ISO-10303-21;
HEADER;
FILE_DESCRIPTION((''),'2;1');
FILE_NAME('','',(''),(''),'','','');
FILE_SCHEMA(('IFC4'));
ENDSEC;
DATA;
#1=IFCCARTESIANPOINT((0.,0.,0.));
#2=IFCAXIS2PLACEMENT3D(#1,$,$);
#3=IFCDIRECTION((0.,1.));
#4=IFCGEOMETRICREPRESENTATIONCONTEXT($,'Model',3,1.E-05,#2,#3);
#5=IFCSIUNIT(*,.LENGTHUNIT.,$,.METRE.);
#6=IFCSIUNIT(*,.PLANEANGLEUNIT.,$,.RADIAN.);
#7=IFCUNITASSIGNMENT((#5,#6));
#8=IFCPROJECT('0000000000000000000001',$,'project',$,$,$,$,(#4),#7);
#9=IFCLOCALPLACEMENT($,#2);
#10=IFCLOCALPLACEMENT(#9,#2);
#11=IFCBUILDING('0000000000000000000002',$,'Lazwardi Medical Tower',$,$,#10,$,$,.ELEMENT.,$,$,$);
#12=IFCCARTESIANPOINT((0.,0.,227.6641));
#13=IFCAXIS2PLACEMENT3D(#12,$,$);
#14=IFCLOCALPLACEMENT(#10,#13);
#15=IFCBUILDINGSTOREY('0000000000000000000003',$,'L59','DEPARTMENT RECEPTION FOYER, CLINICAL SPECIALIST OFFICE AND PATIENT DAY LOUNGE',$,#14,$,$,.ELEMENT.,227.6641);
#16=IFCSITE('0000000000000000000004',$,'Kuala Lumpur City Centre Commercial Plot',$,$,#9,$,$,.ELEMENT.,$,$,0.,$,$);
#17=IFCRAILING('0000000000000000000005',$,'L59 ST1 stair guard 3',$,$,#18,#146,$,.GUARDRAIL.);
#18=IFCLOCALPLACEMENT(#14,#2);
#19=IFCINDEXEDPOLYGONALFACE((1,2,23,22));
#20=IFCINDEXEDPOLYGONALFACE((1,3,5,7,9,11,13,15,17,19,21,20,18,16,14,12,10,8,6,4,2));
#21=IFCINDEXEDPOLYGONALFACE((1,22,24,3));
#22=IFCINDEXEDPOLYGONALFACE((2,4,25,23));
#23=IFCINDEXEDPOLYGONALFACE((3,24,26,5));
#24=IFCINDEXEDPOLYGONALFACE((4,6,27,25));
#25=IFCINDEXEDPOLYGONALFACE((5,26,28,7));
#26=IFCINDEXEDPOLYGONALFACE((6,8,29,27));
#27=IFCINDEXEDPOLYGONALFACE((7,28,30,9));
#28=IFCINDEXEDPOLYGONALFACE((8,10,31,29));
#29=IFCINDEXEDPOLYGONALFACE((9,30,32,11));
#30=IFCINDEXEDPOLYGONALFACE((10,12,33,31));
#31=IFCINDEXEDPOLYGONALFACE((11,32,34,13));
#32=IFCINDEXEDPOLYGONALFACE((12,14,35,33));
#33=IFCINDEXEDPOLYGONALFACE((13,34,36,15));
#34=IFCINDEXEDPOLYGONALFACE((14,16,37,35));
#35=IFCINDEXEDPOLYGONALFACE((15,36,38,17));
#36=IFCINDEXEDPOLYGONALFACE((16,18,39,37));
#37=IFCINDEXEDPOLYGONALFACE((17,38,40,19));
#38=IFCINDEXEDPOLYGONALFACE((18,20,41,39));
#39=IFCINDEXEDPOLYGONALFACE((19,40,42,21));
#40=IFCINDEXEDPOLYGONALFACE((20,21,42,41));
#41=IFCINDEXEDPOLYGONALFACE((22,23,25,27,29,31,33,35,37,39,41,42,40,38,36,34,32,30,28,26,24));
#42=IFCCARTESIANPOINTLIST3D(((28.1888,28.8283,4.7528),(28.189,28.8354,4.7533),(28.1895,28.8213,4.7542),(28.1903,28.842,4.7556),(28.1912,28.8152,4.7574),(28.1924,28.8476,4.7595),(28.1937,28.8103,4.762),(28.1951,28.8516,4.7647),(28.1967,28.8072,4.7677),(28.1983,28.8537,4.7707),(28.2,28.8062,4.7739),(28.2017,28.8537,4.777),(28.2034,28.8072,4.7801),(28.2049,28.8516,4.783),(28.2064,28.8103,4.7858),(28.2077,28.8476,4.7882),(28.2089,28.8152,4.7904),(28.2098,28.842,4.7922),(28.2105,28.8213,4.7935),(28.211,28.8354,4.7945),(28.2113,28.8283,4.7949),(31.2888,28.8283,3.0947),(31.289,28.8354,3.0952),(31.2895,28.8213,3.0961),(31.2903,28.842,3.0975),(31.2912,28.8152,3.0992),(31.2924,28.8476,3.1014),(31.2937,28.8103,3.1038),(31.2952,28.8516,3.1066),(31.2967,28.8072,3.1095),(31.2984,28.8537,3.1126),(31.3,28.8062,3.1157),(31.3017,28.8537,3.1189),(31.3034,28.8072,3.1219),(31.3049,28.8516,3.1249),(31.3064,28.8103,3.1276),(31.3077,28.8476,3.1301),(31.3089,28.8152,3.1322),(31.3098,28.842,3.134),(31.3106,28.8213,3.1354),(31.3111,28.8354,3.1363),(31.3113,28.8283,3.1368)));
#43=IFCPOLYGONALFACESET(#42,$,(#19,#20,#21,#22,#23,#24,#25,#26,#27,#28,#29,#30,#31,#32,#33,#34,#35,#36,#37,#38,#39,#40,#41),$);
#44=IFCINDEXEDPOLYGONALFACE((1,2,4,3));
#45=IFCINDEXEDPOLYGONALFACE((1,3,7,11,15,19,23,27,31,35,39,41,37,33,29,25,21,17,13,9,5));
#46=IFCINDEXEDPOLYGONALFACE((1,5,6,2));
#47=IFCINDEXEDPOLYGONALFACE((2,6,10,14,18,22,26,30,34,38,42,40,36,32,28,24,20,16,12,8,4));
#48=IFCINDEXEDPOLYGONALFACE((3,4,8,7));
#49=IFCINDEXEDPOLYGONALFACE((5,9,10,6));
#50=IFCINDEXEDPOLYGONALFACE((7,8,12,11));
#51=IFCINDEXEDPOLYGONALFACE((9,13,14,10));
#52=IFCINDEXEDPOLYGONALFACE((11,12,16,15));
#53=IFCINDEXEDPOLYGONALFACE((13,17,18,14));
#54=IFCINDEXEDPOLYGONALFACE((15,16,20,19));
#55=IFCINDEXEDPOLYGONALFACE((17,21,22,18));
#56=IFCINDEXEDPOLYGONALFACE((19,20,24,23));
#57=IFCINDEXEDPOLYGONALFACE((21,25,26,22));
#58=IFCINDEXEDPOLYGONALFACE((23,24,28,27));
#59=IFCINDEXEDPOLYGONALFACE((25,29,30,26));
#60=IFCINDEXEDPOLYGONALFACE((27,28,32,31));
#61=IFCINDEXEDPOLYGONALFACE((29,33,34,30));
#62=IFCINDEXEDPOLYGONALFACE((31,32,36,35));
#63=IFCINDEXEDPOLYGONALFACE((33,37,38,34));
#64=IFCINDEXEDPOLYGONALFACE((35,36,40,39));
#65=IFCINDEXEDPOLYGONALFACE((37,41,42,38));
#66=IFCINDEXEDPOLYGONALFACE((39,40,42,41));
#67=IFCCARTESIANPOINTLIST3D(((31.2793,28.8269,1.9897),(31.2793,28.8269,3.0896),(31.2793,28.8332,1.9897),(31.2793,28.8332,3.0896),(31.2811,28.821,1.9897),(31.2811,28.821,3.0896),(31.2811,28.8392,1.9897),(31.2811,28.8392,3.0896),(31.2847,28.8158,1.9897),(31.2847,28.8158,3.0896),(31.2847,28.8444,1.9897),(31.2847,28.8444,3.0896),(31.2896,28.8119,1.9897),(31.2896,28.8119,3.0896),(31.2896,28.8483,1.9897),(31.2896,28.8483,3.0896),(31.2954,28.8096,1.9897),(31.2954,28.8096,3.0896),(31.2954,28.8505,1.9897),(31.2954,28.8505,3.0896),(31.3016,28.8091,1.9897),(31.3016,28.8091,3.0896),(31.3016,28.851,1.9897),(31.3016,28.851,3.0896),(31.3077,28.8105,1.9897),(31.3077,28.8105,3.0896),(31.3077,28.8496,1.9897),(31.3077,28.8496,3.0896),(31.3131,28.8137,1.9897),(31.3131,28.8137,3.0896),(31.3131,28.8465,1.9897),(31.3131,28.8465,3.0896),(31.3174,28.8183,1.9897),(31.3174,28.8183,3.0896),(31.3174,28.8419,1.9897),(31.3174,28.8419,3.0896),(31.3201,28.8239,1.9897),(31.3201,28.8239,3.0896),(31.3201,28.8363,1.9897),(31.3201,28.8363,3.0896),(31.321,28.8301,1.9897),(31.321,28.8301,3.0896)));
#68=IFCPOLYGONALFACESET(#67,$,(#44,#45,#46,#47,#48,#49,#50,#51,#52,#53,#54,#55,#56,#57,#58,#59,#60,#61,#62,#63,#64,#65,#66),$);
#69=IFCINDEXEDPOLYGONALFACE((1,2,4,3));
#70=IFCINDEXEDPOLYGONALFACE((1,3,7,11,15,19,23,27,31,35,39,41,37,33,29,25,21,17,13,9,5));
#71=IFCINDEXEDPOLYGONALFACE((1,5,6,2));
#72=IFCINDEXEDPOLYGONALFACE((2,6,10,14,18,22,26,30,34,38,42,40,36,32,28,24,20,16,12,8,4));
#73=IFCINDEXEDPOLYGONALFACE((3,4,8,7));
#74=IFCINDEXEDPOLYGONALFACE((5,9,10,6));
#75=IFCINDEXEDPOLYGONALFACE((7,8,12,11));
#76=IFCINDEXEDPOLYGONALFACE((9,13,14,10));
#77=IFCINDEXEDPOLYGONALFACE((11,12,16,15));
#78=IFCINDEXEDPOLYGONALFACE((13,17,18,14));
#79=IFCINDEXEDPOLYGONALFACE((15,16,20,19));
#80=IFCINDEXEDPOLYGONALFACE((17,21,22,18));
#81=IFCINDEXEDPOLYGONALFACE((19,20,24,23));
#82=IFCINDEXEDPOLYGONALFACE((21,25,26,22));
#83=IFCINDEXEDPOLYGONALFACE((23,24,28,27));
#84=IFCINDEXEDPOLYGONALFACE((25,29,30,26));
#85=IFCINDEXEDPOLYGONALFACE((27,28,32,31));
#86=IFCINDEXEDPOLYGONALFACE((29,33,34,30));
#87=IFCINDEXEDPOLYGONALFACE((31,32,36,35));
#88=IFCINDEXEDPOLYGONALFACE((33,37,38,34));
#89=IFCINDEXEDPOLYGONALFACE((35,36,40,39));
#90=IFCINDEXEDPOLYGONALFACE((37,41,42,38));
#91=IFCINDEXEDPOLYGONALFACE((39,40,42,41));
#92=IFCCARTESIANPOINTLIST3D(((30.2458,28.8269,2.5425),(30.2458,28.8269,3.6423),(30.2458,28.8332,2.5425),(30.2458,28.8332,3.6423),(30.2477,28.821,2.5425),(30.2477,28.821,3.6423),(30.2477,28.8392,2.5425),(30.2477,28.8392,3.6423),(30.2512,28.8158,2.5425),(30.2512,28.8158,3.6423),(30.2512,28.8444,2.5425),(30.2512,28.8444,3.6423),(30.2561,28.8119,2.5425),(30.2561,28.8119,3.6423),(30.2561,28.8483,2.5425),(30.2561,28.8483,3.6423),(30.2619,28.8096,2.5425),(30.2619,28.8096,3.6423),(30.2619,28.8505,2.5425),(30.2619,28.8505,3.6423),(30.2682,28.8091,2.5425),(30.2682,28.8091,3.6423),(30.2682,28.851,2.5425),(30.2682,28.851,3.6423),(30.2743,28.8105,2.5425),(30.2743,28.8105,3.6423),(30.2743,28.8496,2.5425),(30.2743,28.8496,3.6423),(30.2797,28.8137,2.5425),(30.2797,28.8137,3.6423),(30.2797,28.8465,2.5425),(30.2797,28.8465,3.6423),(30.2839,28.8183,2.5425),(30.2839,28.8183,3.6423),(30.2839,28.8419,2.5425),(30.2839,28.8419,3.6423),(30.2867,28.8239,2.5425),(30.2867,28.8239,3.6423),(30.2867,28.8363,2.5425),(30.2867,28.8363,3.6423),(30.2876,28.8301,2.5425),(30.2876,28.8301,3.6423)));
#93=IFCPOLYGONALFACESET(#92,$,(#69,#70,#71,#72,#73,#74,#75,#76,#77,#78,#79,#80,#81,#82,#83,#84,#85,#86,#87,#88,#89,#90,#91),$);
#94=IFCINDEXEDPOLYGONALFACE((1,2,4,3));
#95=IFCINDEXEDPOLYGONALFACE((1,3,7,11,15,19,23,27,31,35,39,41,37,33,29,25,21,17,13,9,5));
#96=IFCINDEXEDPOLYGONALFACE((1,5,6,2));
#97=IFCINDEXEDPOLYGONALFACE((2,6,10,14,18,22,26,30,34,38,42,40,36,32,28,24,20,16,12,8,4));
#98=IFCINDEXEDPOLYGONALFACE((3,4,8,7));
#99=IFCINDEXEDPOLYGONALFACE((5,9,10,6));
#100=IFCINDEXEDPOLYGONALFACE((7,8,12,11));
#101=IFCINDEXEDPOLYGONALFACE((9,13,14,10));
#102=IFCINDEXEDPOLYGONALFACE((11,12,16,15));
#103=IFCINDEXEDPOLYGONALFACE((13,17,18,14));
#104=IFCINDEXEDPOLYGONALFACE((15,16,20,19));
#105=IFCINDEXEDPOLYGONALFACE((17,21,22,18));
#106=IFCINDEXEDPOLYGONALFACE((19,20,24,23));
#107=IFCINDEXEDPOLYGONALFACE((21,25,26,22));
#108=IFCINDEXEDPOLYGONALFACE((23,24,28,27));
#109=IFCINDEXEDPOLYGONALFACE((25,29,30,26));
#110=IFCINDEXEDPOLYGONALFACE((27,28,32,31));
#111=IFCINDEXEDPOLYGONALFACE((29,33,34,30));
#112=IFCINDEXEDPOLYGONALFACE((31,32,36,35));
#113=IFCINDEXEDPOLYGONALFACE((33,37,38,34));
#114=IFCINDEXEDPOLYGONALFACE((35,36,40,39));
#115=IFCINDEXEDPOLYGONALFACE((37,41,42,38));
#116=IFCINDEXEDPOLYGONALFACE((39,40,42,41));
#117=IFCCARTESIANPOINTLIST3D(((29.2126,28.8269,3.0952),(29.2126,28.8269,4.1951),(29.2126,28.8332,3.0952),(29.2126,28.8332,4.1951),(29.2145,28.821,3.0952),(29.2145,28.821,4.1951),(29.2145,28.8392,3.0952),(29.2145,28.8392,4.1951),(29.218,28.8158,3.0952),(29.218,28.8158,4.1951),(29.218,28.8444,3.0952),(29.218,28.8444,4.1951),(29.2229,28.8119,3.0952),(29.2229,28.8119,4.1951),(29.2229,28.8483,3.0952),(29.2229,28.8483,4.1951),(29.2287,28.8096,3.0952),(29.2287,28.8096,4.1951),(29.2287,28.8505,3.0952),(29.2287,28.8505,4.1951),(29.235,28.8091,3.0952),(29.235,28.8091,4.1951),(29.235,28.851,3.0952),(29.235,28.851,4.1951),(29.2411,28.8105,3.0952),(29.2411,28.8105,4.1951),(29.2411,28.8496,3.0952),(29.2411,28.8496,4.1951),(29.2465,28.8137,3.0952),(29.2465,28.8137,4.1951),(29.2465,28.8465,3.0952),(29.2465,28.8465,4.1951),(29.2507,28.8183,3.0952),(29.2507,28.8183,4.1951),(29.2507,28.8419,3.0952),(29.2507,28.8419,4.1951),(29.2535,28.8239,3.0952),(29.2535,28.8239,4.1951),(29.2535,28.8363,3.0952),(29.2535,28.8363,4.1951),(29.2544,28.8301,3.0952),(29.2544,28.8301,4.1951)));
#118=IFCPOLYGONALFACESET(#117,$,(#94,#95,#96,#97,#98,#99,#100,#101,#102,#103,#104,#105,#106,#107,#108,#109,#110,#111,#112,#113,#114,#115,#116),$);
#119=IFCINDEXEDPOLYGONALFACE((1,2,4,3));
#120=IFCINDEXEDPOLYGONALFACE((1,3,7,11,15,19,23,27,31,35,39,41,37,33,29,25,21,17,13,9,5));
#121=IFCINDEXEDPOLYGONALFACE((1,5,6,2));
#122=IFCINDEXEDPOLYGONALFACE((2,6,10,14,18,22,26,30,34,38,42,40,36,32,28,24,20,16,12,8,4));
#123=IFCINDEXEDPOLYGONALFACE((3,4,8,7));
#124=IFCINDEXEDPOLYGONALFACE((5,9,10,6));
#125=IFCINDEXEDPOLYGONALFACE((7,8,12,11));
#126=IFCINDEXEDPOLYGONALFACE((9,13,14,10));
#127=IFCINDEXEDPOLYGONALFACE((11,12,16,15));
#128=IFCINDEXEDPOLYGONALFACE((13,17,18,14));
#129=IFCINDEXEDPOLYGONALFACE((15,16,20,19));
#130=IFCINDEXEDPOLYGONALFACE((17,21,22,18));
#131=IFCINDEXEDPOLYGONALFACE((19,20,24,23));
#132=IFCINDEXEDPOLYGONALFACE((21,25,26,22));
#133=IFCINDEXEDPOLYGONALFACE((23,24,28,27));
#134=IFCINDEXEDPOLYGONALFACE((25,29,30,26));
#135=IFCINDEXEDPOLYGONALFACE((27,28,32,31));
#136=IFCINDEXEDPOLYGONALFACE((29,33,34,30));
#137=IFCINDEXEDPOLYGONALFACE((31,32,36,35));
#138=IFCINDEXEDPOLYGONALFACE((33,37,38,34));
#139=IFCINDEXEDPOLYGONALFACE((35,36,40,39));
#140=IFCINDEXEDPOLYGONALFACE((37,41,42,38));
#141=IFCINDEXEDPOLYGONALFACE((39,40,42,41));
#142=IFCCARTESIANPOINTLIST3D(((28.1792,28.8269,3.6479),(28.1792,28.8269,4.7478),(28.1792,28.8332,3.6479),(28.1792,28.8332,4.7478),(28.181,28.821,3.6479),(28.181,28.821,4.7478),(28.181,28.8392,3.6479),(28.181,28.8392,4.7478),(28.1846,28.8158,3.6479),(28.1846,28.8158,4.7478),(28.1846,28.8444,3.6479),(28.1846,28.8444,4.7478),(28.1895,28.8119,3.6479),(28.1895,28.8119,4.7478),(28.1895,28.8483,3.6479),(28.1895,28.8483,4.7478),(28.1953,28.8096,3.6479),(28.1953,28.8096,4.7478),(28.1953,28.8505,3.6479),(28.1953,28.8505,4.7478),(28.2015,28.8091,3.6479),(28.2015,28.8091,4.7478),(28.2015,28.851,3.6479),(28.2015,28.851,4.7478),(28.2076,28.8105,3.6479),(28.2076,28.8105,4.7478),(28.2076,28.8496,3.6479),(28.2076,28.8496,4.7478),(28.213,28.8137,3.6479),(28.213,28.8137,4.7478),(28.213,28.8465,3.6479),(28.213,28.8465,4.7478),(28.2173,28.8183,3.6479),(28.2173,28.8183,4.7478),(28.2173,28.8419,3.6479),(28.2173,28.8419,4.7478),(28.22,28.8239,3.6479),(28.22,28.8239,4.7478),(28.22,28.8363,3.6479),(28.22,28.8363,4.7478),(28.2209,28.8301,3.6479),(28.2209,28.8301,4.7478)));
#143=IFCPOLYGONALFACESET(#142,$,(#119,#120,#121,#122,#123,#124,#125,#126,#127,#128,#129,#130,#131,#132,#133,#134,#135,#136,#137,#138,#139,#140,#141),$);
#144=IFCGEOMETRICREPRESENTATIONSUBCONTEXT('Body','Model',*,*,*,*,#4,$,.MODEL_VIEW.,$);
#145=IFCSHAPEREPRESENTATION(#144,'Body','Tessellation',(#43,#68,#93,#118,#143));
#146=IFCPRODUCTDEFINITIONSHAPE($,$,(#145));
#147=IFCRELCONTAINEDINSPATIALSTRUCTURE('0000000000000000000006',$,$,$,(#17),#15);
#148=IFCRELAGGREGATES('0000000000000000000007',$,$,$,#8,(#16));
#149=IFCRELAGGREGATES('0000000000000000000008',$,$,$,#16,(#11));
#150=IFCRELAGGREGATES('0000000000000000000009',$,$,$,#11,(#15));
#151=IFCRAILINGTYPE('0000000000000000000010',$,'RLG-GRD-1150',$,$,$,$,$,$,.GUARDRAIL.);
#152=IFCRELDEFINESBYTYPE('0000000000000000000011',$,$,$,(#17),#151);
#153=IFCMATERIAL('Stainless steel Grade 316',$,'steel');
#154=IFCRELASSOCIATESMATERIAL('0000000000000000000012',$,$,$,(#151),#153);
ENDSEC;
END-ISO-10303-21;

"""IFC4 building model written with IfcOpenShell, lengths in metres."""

from ifc_helpers import new_model, si_unit, direction, frame, origin, origin_2d, place, context, subcontext, project, spatial, circle, extrude, material, type_object, element, save


model = new_model("IFC4")

# Units and contexts
model_context = context("Model", 3, precision=1e-05, world=origin(), true_north=direction((0.0, 1.0)))
body_context = subcontext(model_context, "Body", "Model", "MODEL_VIEW")
ifc_project = project(units=[si_unit("LENGTHUNIT", "METRE"), si_unit("PLANEANGLEUNIT", "RADIAN")], contexts=[model_context])

# Site, building, storey
site_placement = place(None, origin())
site = spatial("IfcSite", under=ifc_project, at=site_placement, Name="Kuala Lumpur City Centre Commercial Plot", CompositionType="ELEMENT", RefElevation=0.0)
building_placement = place(site_placement, origin())
building = spatial("IfcBuilding", under=site, at=building_placement, Name="Lazwardi Medical Tower", CompositionType="ELEMENT")
storey_placement = place(building_placement, frame((0.0, 0.0, 227.6641)))
storey = spatial("IfcBuildingStorey", under=building, at=storey_placement, Name="L59", Description="DEPARTMENT RECEPTION FOYER, CLINICAL SPECIALIST OFFICE AND PATIENT DAY LOUNGE", CompositionType="ELEMENT", Elevation=227.6641)

# Railing
ifc_material_1 = material(Name="Stainless steel Grade 316", Category="steel")
railing_type_1 = type_object("IfcRailingType", Name="RLG-GRD-1150", PredefinedType="GUARDRAIL", material=ifc_material_1)
railing_1_placement = place(storey_placement, frame((31.3, 28.8301, 1.9897)))
element("IfcRailing", 1, at=railing_1_placement, inside=storey, type_object=railing_type_1, Name="L59 ST1 stair guard 3", PredefinedType="GUARDRAIL", context=body_context, shape_type="SweptSolid", body=[
    extrude(circle(Radius=0.0239, at=origin_2d()), frame((0.0, 0.0, 1.126), z_axis=(-0.881783, 0.0, 0.471655), x_axis=(0.0, -1.0, 0.0)), (0.0, 0.0, 1.0), 3.5156),
    extrude(circle(Radius=0.021, at=origin_2d()), origin(), (0.0, 0.0, 1.0), 1.0999),
    extrude(circle(Radius=0.021, at=origin_2d()), frame((-1.0334, 0.0, 0.5527)), (0.0, 0.0, 1.0), 1.0999),
    extrude(circle(Radius=0.021, at=origin_2d()), frame((-2.0667, 0.0, 1.1055)), (0.0, 0.0, 1.0), 1.0999),
    extrude(circle(Radius=0.021, at=origin_2d()), frame((-3.1001, 0.0, 1.6582)), (0.0, 0.0, 1.0), 1.0999),
])

save(model, "model.ifc")
